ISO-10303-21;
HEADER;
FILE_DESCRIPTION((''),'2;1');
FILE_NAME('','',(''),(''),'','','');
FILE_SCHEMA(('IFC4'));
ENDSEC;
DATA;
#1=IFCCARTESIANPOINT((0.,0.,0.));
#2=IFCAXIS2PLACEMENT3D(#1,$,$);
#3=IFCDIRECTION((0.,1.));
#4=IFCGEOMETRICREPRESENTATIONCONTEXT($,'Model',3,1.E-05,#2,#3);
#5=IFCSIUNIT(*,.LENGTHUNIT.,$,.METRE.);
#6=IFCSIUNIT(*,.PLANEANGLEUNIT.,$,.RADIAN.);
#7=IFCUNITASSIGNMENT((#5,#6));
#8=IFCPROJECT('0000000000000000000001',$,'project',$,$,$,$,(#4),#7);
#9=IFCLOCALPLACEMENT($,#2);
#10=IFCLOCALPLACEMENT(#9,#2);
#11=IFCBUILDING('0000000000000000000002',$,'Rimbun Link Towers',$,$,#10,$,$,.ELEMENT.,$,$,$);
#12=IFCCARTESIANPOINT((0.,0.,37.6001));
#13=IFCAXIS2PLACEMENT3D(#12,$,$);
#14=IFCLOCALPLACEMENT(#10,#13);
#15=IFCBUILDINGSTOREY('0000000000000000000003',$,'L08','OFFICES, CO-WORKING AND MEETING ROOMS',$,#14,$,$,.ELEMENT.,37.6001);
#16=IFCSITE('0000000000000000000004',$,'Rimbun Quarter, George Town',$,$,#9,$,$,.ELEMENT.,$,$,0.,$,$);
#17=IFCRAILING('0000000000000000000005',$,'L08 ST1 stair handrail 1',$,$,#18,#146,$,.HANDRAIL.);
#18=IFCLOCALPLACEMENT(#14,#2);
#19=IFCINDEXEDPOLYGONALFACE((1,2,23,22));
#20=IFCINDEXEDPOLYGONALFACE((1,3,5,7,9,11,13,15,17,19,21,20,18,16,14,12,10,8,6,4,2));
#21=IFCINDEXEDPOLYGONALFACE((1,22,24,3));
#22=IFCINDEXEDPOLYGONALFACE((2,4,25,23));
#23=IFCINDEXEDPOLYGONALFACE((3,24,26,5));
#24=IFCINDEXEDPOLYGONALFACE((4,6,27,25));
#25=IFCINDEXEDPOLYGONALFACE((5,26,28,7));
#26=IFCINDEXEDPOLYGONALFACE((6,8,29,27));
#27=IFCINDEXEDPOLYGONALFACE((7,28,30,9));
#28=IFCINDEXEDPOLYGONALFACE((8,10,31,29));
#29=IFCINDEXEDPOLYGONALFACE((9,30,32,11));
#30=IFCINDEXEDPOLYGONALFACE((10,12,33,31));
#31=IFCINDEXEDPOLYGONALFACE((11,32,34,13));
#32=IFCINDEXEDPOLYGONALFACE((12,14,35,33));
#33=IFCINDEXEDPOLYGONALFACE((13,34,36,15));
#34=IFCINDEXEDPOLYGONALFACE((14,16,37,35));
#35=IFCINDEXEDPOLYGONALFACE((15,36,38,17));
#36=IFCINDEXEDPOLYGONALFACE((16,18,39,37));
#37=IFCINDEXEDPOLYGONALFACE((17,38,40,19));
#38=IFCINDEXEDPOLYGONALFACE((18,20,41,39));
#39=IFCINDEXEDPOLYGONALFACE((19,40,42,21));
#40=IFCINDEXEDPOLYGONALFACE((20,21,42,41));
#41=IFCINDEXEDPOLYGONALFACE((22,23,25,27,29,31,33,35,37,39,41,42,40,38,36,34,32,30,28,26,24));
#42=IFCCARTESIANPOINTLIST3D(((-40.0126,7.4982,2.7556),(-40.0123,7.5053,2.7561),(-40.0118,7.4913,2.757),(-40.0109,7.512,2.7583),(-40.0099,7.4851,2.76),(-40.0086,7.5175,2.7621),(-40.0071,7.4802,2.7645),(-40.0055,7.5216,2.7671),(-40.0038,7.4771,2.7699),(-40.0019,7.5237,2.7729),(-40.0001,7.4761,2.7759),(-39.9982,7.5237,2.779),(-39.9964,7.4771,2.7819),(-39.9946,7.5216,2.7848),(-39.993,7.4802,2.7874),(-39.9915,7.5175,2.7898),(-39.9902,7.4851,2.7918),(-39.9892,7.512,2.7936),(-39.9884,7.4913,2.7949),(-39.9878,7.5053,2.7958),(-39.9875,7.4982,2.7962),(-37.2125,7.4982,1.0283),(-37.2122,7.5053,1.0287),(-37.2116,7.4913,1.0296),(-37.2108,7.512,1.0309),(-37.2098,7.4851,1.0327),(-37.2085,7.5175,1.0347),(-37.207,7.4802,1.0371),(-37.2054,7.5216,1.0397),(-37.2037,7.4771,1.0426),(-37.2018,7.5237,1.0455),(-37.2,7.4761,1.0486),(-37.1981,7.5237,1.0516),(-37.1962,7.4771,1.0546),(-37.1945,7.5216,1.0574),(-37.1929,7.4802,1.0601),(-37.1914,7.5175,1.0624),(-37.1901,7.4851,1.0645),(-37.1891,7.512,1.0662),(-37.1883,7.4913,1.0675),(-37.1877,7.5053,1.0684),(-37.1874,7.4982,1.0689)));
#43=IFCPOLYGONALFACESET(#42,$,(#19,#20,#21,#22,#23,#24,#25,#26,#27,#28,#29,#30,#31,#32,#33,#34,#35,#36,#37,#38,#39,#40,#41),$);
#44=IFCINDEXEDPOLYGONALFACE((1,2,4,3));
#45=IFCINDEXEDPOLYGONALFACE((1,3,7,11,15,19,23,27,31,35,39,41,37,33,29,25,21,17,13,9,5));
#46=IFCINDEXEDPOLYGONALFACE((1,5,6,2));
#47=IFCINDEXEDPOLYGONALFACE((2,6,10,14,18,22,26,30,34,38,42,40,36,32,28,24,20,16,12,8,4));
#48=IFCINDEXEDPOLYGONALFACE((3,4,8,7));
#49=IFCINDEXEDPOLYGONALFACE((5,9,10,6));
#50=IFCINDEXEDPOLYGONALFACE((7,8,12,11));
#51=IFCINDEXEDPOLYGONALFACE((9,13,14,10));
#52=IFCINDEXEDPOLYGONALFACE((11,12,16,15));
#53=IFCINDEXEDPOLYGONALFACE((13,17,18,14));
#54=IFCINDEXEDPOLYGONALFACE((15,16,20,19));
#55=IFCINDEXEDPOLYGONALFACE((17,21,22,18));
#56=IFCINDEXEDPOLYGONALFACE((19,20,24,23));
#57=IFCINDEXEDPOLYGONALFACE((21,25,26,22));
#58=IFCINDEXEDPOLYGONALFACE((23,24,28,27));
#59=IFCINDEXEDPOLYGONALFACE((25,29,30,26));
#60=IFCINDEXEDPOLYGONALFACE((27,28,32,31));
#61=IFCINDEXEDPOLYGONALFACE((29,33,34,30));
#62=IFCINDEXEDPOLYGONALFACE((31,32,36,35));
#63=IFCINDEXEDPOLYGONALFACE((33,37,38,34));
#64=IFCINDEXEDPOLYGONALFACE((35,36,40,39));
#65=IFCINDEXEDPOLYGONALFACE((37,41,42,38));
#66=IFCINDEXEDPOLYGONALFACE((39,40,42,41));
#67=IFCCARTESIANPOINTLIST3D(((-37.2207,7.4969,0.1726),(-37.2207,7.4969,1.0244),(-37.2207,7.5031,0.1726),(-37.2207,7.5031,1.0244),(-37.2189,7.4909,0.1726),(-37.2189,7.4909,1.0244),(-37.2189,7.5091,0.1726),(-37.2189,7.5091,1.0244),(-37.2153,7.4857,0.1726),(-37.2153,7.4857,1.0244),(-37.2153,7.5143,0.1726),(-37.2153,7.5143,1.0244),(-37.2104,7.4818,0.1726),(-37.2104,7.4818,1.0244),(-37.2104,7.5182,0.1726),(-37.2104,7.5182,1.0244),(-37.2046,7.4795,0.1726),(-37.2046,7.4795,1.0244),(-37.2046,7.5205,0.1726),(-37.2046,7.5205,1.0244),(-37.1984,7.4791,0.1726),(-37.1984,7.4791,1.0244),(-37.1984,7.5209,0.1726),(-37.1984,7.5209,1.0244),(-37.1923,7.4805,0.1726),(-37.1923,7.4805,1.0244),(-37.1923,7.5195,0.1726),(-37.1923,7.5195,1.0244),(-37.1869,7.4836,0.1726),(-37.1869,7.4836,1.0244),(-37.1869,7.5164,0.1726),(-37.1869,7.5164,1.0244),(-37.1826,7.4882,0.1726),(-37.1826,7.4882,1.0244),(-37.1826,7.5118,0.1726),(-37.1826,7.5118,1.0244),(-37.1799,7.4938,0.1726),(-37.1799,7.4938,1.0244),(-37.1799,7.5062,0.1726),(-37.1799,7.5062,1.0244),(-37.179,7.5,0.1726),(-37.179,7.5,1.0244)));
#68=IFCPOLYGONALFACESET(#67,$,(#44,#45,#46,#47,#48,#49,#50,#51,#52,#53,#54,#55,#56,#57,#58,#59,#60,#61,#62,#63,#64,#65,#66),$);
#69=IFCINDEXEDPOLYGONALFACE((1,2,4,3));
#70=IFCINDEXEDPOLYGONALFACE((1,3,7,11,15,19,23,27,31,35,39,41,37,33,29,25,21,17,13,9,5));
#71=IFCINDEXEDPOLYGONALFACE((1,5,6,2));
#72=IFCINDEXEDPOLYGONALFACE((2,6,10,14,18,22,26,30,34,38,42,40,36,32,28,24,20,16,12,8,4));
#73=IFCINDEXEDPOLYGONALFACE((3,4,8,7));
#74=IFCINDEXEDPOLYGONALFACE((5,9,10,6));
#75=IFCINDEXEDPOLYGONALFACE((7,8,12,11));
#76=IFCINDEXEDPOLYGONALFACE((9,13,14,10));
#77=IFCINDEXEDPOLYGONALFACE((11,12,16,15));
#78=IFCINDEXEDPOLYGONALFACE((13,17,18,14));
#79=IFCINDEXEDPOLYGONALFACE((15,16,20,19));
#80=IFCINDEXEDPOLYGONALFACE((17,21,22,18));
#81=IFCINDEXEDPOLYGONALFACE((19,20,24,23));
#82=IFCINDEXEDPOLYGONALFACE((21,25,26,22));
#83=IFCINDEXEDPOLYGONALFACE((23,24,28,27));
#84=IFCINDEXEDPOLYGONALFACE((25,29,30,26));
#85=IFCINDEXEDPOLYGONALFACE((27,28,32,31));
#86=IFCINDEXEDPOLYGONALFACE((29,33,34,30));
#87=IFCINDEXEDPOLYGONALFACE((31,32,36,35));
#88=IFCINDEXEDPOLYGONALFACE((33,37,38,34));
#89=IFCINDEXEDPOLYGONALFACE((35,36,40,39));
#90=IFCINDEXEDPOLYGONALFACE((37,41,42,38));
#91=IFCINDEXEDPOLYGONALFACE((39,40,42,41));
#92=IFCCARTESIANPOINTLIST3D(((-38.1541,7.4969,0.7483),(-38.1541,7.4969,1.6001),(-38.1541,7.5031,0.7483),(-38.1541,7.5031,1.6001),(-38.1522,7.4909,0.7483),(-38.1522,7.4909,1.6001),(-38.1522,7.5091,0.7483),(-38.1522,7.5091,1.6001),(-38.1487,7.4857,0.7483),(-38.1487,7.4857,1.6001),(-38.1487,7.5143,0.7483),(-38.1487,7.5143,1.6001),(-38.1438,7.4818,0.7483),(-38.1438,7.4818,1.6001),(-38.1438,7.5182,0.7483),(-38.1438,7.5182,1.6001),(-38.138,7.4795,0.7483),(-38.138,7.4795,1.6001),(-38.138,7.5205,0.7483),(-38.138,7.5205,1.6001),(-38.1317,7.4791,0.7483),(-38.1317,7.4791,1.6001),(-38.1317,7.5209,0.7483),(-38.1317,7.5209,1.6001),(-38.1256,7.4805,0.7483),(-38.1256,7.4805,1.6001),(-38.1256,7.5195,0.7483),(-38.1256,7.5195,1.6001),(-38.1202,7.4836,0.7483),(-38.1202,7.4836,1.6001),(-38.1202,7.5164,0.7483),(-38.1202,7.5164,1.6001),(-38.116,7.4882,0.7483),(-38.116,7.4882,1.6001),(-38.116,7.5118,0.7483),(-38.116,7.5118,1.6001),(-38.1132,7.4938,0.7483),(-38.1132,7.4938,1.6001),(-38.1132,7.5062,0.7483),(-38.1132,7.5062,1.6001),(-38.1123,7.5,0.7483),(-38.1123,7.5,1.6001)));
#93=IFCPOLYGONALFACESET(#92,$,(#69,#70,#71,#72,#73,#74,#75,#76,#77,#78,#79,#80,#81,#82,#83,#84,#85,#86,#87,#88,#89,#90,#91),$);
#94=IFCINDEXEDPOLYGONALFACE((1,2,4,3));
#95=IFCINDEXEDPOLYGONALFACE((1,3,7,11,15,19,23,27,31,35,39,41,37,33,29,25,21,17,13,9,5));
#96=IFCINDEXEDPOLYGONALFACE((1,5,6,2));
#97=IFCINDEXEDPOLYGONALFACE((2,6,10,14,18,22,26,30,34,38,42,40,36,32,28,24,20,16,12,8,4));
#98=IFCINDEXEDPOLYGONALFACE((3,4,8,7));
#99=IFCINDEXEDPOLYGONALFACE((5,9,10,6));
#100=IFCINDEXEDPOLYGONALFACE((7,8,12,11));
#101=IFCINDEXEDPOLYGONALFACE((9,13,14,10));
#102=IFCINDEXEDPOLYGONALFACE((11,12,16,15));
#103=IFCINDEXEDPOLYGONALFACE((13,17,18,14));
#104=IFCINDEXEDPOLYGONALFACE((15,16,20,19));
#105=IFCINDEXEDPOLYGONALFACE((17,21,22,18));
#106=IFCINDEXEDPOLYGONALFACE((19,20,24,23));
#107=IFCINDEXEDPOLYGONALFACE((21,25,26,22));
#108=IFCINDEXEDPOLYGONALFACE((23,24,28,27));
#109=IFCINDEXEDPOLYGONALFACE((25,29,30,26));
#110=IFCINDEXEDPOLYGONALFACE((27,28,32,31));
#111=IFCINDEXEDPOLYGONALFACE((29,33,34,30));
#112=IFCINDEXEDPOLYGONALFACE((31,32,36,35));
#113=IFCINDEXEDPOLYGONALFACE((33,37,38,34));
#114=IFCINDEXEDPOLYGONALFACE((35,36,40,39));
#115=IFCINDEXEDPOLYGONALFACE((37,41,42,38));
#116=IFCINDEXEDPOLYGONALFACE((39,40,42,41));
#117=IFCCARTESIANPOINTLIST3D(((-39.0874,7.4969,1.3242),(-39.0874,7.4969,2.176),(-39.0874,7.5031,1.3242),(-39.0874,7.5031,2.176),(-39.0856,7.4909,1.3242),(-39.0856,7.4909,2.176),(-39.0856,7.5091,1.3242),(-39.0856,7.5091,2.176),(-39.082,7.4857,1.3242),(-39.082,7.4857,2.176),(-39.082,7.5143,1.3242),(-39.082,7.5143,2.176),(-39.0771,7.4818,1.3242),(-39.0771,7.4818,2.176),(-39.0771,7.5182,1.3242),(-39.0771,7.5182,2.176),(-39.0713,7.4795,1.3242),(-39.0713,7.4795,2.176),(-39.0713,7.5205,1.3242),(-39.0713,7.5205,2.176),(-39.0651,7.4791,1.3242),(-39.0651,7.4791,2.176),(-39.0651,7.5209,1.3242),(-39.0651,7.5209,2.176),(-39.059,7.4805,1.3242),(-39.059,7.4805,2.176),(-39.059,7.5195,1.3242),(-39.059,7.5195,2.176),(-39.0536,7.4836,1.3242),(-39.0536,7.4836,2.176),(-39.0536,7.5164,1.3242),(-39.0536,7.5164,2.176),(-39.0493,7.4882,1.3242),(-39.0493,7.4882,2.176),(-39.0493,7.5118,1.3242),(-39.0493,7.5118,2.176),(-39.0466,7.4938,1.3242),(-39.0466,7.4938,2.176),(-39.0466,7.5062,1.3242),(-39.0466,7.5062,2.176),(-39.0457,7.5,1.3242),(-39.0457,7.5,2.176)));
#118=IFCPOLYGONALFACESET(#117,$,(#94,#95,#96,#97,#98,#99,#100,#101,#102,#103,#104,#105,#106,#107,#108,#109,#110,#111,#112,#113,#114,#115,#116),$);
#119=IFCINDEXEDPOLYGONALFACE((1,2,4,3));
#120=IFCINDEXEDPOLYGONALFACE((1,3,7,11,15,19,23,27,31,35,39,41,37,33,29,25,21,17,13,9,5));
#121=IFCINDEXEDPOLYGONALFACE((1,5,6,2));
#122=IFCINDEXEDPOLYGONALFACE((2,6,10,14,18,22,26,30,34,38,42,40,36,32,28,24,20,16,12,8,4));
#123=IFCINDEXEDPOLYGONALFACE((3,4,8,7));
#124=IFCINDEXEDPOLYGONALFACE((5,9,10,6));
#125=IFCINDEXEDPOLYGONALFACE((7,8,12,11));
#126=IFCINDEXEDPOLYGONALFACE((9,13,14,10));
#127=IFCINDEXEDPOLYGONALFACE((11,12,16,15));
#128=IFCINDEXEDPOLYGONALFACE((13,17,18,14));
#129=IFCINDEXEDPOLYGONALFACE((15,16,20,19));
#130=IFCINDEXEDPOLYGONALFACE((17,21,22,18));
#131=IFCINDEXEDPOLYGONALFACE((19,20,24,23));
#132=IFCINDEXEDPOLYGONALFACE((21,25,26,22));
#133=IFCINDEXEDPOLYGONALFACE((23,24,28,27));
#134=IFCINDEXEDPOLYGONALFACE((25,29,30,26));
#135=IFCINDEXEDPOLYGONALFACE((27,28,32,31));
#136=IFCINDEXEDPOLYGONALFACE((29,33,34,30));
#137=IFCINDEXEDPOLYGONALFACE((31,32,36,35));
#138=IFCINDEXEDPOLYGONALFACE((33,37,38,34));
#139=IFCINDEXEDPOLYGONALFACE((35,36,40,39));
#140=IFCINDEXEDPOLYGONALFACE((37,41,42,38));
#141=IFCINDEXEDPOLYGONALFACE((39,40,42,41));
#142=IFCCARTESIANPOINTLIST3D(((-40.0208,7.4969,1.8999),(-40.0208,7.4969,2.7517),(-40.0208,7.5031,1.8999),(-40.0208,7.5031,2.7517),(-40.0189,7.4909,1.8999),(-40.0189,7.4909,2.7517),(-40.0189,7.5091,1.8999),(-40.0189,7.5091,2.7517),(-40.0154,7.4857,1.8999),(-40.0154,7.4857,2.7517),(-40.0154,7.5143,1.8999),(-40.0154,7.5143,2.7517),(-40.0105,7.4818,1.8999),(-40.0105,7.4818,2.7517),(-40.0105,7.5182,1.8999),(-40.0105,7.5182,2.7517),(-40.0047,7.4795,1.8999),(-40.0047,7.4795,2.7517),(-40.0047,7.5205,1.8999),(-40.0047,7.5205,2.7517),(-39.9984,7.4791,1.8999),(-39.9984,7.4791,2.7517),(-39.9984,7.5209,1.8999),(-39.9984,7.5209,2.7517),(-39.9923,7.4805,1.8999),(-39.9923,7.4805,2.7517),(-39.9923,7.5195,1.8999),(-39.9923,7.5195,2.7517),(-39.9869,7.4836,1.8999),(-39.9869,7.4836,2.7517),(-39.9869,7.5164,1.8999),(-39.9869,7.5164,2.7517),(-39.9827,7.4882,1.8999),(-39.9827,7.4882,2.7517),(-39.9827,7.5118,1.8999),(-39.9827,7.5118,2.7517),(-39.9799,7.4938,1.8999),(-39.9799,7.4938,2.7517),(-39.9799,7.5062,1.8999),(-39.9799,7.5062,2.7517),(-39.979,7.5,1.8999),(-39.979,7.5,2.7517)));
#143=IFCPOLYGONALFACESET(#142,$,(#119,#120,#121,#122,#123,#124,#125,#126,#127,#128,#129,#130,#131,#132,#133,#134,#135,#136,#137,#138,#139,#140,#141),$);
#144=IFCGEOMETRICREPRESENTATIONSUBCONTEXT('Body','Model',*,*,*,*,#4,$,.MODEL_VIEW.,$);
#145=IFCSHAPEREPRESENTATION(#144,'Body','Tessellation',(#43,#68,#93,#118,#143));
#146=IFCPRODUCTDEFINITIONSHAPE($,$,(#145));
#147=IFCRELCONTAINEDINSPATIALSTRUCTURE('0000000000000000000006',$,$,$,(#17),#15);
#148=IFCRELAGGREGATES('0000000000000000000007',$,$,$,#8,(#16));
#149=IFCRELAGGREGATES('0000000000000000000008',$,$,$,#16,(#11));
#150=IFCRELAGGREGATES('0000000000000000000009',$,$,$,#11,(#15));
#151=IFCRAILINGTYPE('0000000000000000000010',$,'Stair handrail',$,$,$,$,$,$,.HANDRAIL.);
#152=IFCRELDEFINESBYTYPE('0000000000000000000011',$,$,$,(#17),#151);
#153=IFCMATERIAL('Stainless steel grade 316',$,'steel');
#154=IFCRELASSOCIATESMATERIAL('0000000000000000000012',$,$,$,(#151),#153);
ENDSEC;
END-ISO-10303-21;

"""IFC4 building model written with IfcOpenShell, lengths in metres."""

from ifc_helpers import new_model, si_unit, direction, frame, origin, origin_2d, place, context, subcontext, project, spatial, circle, extrude, material, type_object, element, save


model = new_model("IFC4")

# Units and contexts
model_context = context("Model", 3, precision=1e-05, world=origin(), true_north=direction((0.0, 1.0)))
body_context = subcontext(model_context, "Body", "Model", "MODEL_VIEW")
ifc_project = project(units=[si_unit("LENGTHUNIT", "METRE"), si_unit("PLANEANGLEUNIT", "RADIAN")], contexts=[model_context])

# Site, building, storey
site_placement = place(None, origin())
site = spatial("IfcSite", under=ifc_project, at=site_placement, Name="Rimbun Quarter, George Town", CompositionType="ELEMENT", RefElevation=0.0)
building_placement = place(site_placement, origin())
building = spatial("IfcBuilding", under=site, at=building_placement, Name="Rimbun Link Towers", CompositionType="ELEMENT")
storey_placement = place(building_placement, frame((0.0, 0.0, 37.6001)))
storey = spatial("IfcBuildingStorey", under=building, at=storey_placement, Name="L08", Description="OFFICES, CO-WORKING AND MEETING ROOMS", CompositionType="ELEMENT", Elevation=37.6001)

# Railing
ifc_material_1 = material(Name="Stainless steel grade 316", Category="steel")
railing_type_1 = type_object("IfcRailingType", Name="Stair handrail", PredefinedType="HANDRAIL", material=ifc_material_1)
railing_1_placement = place(storey_placement, frame((-37.2, 7.5, 0.1726)))
element("IfcRailing", 1, at=railing_1_placement, inside=storey, type_object=railing_type_1, Name="L08 ST1 stair handrail 1", PredefinedType="HANDRAIL", context=body_context, shape_type="SweptSolid", body=[
    extrude(circle(Radius=0.0239, at=origin_2d()), frame((0.0, 0.0, 0.876), z_axis=(-0.85109, 0.0, 0.52502), x_axis=(0.0, -1.0, 0.0)), (0.0, 0.0, 1.0), 3.29),
    extrude(circle(Radius=0.021, at=origin_2d()), origin(), (0.0, 0.0, 1.0), 0.8518),
    extrude(circle(Radius=0.021, at=origin_2d()), frame((-0.9333, 0.0, 0.5757)), (0.0, 0.0, 1.0), 0.8518),
    extrude(circle(Radius=0.021, at=origin_2d()), frame((-1.8667, 0.0, 1.1516)), (0.0, 0.0, 1.0), 0.8518),
    extrude(circle(Radius=0.021, at=origin_2d()), frame((-2.8, 0.0, 1.7273)), (0.0, 0.0, 1.0), 0.8518),
])

save(model, "model.ifc")
